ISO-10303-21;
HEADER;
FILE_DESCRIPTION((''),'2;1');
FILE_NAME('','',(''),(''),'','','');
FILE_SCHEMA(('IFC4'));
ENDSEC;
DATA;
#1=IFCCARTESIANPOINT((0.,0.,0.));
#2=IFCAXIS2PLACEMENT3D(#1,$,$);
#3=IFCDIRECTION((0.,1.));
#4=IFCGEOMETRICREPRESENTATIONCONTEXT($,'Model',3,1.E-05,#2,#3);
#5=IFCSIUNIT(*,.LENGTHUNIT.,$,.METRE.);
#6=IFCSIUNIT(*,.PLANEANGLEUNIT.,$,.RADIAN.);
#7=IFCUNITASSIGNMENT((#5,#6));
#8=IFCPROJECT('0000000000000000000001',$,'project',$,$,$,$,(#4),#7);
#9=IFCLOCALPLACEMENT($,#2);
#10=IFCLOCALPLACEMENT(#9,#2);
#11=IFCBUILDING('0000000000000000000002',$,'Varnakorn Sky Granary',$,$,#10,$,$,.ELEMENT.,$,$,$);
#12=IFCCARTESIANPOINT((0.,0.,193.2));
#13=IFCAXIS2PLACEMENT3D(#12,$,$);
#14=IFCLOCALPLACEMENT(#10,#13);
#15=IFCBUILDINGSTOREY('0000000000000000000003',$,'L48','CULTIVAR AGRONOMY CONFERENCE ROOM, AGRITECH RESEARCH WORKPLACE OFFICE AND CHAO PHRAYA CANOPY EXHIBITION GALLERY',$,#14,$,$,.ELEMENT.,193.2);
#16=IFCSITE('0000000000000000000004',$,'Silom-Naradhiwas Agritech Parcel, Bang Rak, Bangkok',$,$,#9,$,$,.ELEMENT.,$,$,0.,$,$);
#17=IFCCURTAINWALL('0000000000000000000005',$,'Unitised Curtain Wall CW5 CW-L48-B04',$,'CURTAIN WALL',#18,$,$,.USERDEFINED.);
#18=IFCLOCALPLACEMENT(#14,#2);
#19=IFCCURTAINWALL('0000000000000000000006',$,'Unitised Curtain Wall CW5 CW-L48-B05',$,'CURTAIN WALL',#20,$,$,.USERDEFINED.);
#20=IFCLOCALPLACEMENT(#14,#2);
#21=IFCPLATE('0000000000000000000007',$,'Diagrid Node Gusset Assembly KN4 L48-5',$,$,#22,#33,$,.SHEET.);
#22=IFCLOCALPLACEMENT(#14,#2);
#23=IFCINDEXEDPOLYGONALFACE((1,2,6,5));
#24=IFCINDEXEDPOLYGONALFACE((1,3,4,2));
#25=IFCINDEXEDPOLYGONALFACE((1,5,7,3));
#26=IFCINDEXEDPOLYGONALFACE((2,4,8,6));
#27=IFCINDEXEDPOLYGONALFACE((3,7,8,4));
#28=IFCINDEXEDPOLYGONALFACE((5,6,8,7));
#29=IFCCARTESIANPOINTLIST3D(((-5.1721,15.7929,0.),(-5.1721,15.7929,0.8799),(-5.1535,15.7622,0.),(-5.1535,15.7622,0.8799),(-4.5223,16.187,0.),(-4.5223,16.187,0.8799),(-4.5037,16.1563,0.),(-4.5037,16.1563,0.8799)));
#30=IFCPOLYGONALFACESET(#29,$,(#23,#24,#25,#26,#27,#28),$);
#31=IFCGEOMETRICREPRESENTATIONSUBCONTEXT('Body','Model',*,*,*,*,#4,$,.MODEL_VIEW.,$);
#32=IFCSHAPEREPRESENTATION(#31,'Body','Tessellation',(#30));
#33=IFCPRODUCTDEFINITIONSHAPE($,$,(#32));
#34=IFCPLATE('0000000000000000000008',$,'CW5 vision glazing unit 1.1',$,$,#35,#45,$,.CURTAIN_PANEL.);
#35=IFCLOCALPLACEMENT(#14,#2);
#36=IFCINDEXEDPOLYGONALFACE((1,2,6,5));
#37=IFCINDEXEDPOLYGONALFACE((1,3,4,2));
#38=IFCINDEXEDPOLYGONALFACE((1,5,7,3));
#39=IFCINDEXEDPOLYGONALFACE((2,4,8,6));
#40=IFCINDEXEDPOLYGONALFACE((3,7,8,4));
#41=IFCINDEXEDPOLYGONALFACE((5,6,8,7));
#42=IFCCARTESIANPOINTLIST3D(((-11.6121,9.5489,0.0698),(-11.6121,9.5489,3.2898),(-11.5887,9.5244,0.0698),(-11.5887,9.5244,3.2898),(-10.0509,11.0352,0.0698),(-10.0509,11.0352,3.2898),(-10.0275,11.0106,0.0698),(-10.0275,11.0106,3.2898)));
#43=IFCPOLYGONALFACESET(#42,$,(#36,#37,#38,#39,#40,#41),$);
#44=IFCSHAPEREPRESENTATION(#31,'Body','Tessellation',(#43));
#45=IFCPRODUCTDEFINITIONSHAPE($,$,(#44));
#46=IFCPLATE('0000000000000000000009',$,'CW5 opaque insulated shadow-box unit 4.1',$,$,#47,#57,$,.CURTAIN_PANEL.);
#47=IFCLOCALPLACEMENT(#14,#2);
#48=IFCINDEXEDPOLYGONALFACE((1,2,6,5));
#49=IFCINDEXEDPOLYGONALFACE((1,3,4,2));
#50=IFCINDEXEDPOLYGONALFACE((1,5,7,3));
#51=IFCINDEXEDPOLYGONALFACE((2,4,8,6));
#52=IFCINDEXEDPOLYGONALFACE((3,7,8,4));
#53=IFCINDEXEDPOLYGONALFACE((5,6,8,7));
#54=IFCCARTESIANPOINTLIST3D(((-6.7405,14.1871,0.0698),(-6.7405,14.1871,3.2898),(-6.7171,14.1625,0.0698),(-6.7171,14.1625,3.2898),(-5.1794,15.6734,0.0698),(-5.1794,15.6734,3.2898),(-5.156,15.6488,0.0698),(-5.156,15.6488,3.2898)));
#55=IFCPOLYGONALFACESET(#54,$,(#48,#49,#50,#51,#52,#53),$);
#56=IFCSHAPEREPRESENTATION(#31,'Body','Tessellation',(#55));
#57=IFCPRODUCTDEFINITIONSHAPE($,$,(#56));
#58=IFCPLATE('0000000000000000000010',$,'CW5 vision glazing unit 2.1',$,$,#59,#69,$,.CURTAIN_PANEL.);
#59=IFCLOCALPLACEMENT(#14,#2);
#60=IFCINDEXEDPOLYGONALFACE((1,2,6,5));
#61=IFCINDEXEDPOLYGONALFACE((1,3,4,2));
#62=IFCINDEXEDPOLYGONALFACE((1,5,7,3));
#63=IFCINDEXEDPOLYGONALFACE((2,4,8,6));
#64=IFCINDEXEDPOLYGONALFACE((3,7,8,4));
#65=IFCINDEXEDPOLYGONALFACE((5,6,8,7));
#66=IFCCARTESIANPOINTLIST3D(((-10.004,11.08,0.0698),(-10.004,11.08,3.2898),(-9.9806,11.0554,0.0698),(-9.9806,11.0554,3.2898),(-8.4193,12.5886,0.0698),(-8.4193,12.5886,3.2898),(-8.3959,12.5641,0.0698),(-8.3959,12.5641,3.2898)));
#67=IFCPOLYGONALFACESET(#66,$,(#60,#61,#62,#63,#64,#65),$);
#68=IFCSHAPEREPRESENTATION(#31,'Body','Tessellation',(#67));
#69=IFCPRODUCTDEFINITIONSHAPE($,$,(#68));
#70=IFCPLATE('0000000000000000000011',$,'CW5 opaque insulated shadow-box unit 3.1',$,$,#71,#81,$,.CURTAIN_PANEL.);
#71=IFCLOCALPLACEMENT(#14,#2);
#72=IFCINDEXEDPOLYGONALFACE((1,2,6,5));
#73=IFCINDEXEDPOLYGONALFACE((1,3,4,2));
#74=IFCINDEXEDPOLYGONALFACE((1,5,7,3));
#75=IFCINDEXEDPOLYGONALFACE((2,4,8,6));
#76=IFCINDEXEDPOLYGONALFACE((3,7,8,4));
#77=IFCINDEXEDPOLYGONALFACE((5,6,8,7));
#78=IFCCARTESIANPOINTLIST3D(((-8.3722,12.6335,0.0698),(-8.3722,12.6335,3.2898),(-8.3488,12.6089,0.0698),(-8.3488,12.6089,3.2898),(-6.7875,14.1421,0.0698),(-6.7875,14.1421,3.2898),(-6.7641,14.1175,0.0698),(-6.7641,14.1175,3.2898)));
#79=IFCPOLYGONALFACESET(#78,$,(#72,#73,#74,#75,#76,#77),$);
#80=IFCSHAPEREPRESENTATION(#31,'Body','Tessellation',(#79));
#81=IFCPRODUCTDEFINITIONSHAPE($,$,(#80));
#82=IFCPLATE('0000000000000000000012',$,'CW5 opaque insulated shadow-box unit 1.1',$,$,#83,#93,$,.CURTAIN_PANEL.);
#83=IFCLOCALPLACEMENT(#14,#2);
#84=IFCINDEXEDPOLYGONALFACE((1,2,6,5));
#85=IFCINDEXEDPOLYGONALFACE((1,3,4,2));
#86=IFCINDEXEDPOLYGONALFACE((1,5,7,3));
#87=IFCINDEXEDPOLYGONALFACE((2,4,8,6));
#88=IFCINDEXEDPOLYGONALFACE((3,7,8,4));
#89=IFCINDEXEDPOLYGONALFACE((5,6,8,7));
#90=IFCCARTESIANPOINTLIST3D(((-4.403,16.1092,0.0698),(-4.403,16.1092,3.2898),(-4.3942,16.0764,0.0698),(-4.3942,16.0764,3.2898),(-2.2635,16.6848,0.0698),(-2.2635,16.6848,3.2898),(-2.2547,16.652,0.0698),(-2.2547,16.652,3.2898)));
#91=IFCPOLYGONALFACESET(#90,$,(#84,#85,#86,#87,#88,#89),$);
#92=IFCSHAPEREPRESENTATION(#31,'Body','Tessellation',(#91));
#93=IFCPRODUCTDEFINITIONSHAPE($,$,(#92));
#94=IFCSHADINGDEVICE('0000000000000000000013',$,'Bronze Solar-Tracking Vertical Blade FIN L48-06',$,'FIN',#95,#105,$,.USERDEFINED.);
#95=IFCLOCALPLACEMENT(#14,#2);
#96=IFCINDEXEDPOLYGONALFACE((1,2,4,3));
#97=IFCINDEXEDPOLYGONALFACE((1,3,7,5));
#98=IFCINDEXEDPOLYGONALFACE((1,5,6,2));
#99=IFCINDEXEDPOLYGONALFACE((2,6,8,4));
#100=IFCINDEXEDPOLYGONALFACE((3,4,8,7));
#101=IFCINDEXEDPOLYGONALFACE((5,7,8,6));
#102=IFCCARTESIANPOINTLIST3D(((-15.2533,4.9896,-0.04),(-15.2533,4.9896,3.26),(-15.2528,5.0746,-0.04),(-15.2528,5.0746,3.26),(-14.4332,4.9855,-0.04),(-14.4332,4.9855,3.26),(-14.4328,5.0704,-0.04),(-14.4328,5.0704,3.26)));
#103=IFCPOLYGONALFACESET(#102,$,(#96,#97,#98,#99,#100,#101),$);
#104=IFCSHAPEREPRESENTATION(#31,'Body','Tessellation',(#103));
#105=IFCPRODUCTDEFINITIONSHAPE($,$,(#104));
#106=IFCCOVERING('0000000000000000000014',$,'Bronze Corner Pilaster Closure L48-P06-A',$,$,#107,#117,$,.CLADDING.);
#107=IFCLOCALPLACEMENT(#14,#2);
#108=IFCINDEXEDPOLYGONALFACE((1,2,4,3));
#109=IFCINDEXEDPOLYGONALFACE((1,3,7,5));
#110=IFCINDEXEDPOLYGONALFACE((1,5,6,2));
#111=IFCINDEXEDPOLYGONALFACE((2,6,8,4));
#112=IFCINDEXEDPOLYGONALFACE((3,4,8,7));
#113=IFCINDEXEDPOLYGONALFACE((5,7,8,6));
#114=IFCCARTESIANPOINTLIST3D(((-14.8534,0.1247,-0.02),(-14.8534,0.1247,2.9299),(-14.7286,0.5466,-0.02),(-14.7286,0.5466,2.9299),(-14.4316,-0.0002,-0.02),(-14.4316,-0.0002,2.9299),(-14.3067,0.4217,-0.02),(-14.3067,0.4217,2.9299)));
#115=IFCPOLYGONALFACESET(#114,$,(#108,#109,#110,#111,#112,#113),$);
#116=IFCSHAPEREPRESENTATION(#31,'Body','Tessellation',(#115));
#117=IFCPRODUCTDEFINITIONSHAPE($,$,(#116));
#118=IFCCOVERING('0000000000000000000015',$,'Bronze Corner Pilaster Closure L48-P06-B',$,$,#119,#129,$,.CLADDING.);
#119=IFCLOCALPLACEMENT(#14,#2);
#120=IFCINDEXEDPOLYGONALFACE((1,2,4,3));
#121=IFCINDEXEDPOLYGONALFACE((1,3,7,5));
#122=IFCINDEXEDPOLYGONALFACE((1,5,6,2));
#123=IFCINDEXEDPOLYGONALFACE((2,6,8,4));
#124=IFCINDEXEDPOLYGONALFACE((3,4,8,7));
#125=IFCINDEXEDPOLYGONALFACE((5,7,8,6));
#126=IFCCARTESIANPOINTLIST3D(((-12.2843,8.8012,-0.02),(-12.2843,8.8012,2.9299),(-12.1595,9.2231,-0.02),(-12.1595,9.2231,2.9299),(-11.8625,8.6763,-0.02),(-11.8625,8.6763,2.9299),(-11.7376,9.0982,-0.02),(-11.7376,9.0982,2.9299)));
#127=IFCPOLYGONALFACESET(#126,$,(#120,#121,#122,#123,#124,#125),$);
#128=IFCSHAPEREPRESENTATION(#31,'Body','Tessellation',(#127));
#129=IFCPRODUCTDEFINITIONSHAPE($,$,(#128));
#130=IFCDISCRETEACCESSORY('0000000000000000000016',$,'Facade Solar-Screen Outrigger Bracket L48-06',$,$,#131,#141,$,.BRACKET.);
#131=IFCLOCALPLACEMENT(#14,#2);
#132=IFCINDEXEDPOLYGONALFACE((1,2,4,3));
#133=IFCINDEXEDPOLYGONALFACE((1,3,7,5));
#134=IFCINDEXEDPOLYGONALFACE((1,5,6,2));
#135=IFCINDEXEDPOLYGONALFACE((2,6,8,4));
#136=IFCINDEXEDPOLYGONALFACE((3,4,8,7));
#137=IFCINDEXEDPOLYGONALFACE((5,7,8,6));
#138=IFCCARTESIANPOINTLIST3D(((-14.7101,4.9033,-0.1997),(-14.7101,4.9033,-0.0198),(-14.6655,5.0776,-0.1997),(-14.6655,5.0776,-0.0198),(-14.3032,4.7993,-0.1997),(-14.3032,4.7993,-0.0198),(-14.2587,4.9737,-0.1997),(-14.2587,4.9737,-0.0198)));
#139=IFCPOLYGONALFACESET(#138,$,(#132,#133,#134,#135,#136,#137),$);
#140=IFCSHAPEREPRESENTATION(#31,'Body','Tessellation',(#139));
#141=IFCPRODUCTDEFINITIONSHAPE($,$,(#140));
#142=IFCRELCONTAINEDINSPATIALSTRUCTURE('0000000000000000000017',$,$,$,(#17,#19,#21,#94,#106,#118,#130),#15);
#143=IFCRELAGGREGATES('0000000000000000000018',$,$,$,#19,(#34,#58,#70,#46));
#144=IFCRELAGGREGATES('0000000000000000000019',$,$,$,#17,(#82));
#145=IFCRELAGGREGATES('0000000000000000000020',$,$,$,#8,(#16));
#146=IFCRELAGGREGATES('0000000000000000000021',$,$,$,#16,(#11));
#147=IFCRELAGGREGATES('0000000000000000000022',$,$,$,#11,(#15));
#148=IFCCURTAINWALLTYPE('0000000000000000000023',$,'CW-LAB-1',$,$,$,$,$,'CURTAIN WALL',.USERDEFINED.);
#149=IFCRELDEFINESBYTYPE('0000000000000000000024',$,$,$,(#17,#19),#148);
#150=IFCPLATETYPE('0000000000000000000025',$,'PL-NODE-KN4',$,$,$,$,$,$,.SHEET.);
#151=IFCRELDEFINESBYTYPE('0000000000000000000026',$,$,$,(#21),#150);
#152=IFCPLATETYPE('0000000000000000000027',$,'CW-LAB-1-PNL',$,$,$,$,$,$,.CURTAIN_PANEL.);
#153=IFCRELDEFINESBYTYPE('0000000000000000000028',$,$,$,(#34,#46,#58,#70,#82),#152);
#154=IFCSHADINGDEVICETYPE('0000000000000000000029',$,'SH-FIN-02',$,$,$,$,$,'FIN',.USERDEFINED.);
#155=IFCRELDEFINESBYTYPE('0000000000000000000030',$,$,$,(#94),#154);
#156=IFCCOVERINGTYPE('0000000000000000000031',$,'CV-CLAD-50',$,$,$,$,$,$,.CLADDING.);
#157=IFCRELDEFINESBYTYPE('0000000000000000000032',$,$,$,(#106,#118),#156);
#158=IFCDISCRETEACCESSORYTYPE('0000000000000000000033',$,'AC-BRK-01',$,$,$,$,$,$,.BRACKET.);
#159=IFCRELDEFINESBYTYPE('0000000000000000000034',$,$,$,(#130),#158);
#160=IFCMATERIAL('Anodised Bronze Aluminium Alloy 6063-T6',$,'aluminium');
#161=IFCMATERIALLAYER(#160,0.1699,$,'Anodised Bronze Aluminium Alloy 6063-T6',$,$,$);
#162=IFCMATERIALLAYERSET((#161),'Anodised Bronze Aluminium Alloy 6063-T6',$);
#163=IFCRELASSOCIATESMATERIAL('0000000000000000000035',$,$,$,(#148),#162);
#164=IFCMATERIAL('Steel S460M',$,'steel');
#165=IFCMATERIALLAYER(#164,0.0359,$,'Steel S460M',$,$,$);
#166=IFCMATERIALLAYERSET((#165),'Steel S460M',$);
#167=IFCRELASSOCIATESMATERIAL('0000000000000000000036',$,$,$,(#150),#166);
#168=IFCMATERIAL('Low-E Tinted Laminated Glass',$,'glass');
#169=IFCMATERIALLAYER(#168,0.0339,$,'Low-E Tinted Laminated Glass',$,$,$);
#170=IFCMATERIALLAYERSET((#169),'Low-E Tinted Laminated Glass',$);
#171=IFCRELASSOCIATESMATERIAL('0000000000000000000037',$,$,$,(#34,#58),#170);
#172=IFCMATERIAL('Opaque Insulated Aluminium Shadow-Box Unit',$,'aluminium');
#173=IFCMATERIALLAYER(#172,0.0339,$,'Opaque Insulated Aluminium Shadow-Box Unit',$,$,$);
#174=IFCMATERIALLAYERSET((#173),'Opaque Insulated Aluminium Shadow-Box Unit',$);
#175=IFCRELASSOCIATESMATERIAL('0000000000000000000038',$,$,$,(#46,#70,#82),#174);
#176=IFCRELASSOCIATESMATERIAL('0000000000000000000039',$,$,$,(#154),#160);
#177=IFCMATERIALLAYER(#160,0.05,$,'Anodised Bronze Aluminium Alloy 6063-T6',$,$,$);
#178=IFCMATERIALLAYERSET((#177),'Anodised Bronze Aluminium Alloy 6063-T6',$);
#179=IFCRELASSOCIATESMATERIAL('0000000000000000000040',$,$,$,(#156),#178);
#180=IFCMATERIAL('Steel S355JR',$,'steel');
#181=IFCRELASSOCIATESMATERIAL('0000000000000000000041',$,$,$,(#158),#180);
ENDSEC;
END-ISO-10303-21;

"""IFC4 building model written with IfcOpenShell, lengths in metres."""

from ifc_helpers import new_model, si_unit, direction, frame, origin, origin_2d, place, context, subcontext, project, spatial, rectangle, extrude, source, transform, mapped, material, layer, layer_set, type_object, type_shapes, element, aggregate, save


model = new_model("IFC4")

# Units and contexts
model_context = context("Model", 3, precision=1e-05, world=origin(), true_north=direction((0.0, 1.0)))
body_context = subcontext(model_context, "Body", "Model", "MODEL_VIEW")
ifc_project = project(units=[si_unit("LENGTHUNIT", "METRE"), si_unit("PLANEANGLEUNIT", "RADIAN")], contexts=[model_context])

# Site, building, storey
site_placement = place(None, origin())
site = spatial("IfcSite", under=ifc_project, at=site_placement, Name="Silom-Naradhiwas Agritech Parcel, Bang Rak, Bangkok", CompositionType="ELEMENT", RefElevation=0.0)
building_placement = place(site_placement, origin())
building = spatial("IfcBuilding", under=site, at=building_placement, Name="Varnakorn Sky Granary", CompositionType="ELEMENT")
storey_placement = place(building_placement, frame((0.0, 0.0, 193.2)))
storey = spatial("IfcBuildingStorey", under=building, at=storey_placement, Name="L48", Description="CULTIVAR AGRONOMY CONFERENCE ROOM, AGRITECH RESEARCH WORKPLACE OFFICE AND CHAO PHRAYA CANOPY EXHIBITION GALLERY", CompositionType="ELEMENT", Elevation=193.2)

# Shared definitions
ifc_material_1 = material(Name="Steel S460M", Category="steel")

# Shared definitions
ifc_material_2 = material(Name="Steel S355JR", Category="steel")

# Curtain wall
ifc_material_3 = material(Name="Anodised Bronze Aluminium Alloy 6063-T6", Category="aluminium")
ifc_layer_1 = layer(ifc_material_3, 0.1699, Name="Anodised Bronze Aluminium Alloy 6063-T6")
ifc_layer_set_1 = layer_set([ifc_layer_1], Name="Anodised Bronze Aluminium Alloy 6063-T6")
curtain_wall_type = type_object("IfcCurtainWallType", Name="CW-LAB-1", ElementType="CURTAIN WALL", PredefinedType="USERDEFINED", material=ifc_layer_set_1)
curtain_wall_1_placement = place(storey_placement, origin())
curtain_wall_1 = element("IfcCurtainWall", 1, at=curtain_wall_1_placement, inside=storey, type_object=curtain_wall_type, Name="Unitised Curtain Wall CW5 CW-L48-B04", ObjectType="CURTAIN WALL", PredefinedType="USERDEFINED")

# Curtain wall
curtain_wall_2_placement = place(storey_placement, origin())
curtain_wall_2 = element("IfcCurtainWall", 2, at=curtain_wall_2_placement, inside=storey, type_object=curtain_wall_type, Name="Unitised Curtain Wall CW5 CW-L48-B05", ObjectType="CURTAIN WALL", PredefinedType="USERDEFINED")

# Plates
ifc_layer_2 = layer(ifc_material_1, 0.0359, Name="Steel S460M")
ifc_layer_set_2 = layer_set([ifc_layer_2], Name="Steel S460M")
plate_type_1 = type_object("IfcPlateType", Name="PL-NODE-KN4", PredefinedType="SHEET", material=ifc_layer_set_2)
plate_1_placement = place(storey_placement, frame((-4.8379, 15.9746, 0.0), z_axis=(0.0, 0.0, 1.0), x_axis=(-0.855047, -0.518551, 0.0)))
element("IfcPlate", 3, at=plate_1_placement, inside=storey, type_object=plate_type_1, Name="Diagrid Node Gusset Assembly KN4 L48-5", PredefinedType="SHEET", context=body_context, shape_type="SweptSolid", body=[
    extrude(rectangle(XDim=0.76, YDim=0.0359, at=origin_2d()), origin(), (0.0, 0.0, 1.0), 0.8799),
])
ifc_material_4 = material(Name="Low-E Tinted Laminated Glass", Category="glass")
ifc_layer_3 = layer(ifc_material_4, 0.0339, Name="Low-E Tinted Laminated Glass")
ifc_layer_set_3 = layer_set([ifc_layer_3], Name="Low-E Tinted Laminated Glass")
plate_type_2 = type_object("IfcPlateType", Name="CW-LAB-1-PNL", PredefinedType="CURTAIN_PANEL")
shared_shape_1 = source(origin(), body_context, "Body", "SweptSolid", [
    extrude(rectangle(XDim=2.1555, YDim=0.0339, at=origin_2d()), origin(), (0.0, 0.0, 1.0), 3.22),
])
plate_2_placement = place(storey_placement, frame((-10.8198, 10.2798, 0.0698), z_axis=(0.0, 0.0, 1.0), x_axis=(0.72427, 0.689516, 0.0)))
plate_2 = element("IfcPlate", 4, at=plate_2_placement, type_object=plate_type_2, material=ifc_layer_set_3, Name="CW5 vision glazing unit 1.1", PredefinedType="CURTAIN_PANEL", context=body_context, shape_type="MappedRepresentation", body=[
    mapped(shared_shape_1, transform((0.0, 0.0, 0.0), x_axis=(1.0, 0.0, 0.0), y_axis=(0.0, 1.0, 0.0), z_axis=(0.0, 0.0, 1.0), scale=1.0)),
])
ifc_material_5 = material(Name="Opaque Insulated Aluminium Shadow-Box Unit", Category="aluminium")
ifc_layer_4 = layer(ifc_material_5, 0.0339, Name="Opaque Insulated Aluminium Shadow-Box Unit")
ifc_layer_set_4 = layer_set([ifc_layer_4], Name="Opaque Insulated Aluminium Shadow-Box Unit")
plate_3_placement = place(storey_placement, frame((-5.9482, 14.918, 0.0698), z_axis=(0.0, 0.0, 1.0), x_axis=(0.72427, 0.689516, 0.0)))
plate_3 = element("IfcPlate", 5, at=plate_3_placement, type_object=plate_type_2, material=ifc_layer_set_4, Name="CW5 opaque insulated shadow-box unit 4.1", PredefinedType="CURTAIN_PANEL", context=body_context, shape_type="MappedRepresentation", body=[
    mapped(shared_shape_1, transform((0.0, 0.0, 0.0), x_axis=(1.0, 0.0, 0.0), y_axis=(0.0, 1.0, 0.0), z_axis=(0.0, 0.0, 1.0), scale=1.0)),
])
shared_shape_2 = source(origin(), body_context, "Body", "SweptSolid", [
    extrude(rectangle(XDim=2.188, YDim=0.0339, at=origin_2d()), origin(), (0.0, 0.0, 1.0), 3.22),
])
plate_4_placement = place(storey_placement, frame((-9.2, 11.822, 0.0698), z_axis=(0.0, 0.0, 1.0), x_axis=(0.72427, 0.689516, 0.0)))
plate_4 = element("IfcPlate", 6, at=plate_4_placement, type_object=plate_type_2, material=ifc_layer_set_3, Name="CW5 vision glazing unit 2.1", PredefinedType="CURTAIN_PANEL", context=body_context, shape_type="MappedRepresentation", body=[
    mapped(shared_shape_2, transform((0.0, 0.0, 0.0), x_axis=(1.0, 0.0, 0.0), y_axis=(0.0, 1.0, 0.0), z_axis=(0.0, 0.0, 1.0), scale=1.0)),
])
plate_5_placement = place(storey_placement, frame((-7.5681, 13.3755, 0.0698), z_axis=(0.0, 0.0, 1.0), x_axis=(0.72427, 0.689516, 0.0)))
plate_5 = element("IfcPlate", 7, at=plate_5_placement, type_object=plate_type_2, material=ifc_layer_set_4, Name="CW5 opaque insulated shadow-box unit 3.1", PredefinedType="CURTAIN_PANEL", context=body_context, shape_type="MappedRepresentation", body=[
    mapped(shared_shape_2, transform((0.0, 0.0, 0.0), x_axis=(1.0, 0.0, 0.0), y_axis=(0.0, 1.0, 0.0), z_axis=(0.0, 0.0, 1.0), scale=1.0)),
])
aggregate(curtain_wall_2, [plate_2, plate_4, plate_5, plate_3])
shared_shape_3 = source(origin(), body_context, "Body", "SweptSolid", [
    extrude(rectangle(XDim=2.2156, YDim=0.0339, at=origin_2d()), origin(), (0.0, 0.0, 1.0), 3.22),
])
type_shapes(plate_type_2, [shared_shape_1, shared_shape_2, shared_shape_3])
plate_6_placement = place(storey_placement, frame((-3.3289, 16.3806, 0.0698), z_axis=(0.0, 0.0, 1.0), x_axis=(0.965665, 0.25979, 0.0)))
plate_6 = element("IfcPlate", 8, at=plate_6_placement, type_object=plate_type_2, material=ifc_layer_set_4, Name="CW5 opaque insulated shadow-box unit 1.1", PredefinedType="CURTAIN_PANEL", context=body_context, shape_type="MappedRepresentation", body=[
    mapped(shared_shape_3, transform((0.0, 0.0, 0.0), x_axis=(1.0, 0.0, 0.0), y_axis=(0.0, 1.0, 0.0), z_axis=(0.0, 0.0, 1.0), scale=1.0)),
])
aggregate(curtain_wall_1, [plate_6])

# Shading device
shading_device_type = type_object("IfcShadingDeviceType", Name="SH-FIN-02", ElementType="FIN", PredefinedType="USERDEFINED", material=ifc_material_3)
shared_shape_4 = source(origin(), body_context, "Body", "SweptSolid", [
    extrude(rectangle(XDim=0.085, YDim=0.8201, at=origin_2d()), origin(), (0.0, 0.0, 1.0), 3.3),
])
type_shapes(shading_device_type, [shared_shape_4])
shading_device_placement = place(storey_placement, frame((-14.843, 5.03, -0.04), z_axis=(0.0, 0.0, 1.0), x_axis=(-0.005033, -0.999987, 0.0)))
element("IfcShadingDevice", 9, at=shading_device_placement, inside=storey, type_object=shading_device_type, Name="Bronze Solar-Tracking Vertical Blade FIN L48-06", ObjectType="FIN", PredefinedType="USERDEFINED", context=body_context, shape_type="MappedRepresentation", body=[
    mapped(shared_shape_4, transform((0.0, 0.0, 0.0), x_axis=(1.0, 0.0, 0.0), y_axis=(0.0, 1.0, 0.0), z_axis=(0.0, 0.0, 1.0), scale=1.0)),
])

# Coverings
ifc_layer_5 = layer(ifc_material_3, 0.05, Name="Anodised Bronze Aluminium Alloy 6063-T6")
ifc_layer_set_5 = layer_set([ifc_layer_5], Name="Anodised Bronze Aluminium Alloy 6063-T6")
covering_type = type_object("IfcCoveringType", Name="CV-CLAD-50", PredefinedType="CLADDING", material=ifc_layer_set_5)
shared_shape_5 = source(origin(), body_context, "Body", "SweptSolid", [
    extrude(rectangle(XDim=0.4399, YDim=0.4399, at=origin_2d()), origin(), (0.0, 0.0, 1.0), 2.95),
])
type_shapes(covering_type, [shared_shape_5])
for number, where, z_axis, x_axis, name in (
    (10, (-14.5801, 0.2732, -0.02), (0.0, 0.0, 1.0), (0.283848, 0.958869, 0.0), "Bronze Corner Pilaster Closure L48-P06-A"),
    (11, (-12.011, 8.9497, -0.02), (0.0, 0.0, 1.0), (0.283848, 0.958869, 0.0), "Bronze Corner Pilaster Closure L48-P06-B"),
):
    element("IfcCovering", number, at=place(storey_placement, frame(where, z_axis=z_axis, x_axis=x_axis)), inside=storey, type_object=covering_type, Name=name, PredefinedType="CLADDING", context=body_context, shape_type="MappedRepresentation", body=[
        mapped(shared_shape_5, transform((0.0, 0.0, 0.0), x_axis=(1.0, 0.0, 0.0), y_axis=(0.0, 1.0, 0.0), z_axis=(0.0, 0.0, 1.0), scale=1.0)),
    ])

# Discrete accessory
discrete_accessory_type = type_object("IfcDiscreteAccessoryType", Name="AC-BRK-01", PredefinedType="BRACKET", material=ifc_material_2)
shared_shape_6 = source(origin(), body_context, "Body", "SweptSolid", [
    extrude(rectangle(XDim=0.1799, YDim=0.4199, at=origin_2d()), origin(), (0.0, 0.0, 1.0), 0.1799),
])
type_shapes(discrete_accessory_type, [shared_shape_6])
discrete_accessory_placement = place(storey_placement, frame((-14.4844, 4.9385, -0.1997), z_axis=(0.0, 0.0, 1.0), x_axis=(-0.24748, -0.968893, 0.0)))
element("IfcDiscreteAccessory", 12, at=discrete_accessory_placement, inside=storey, type_object=discrete_accessory_type, Name="Facade Solar-Screen Outrigger Bracket L48-06", PredefinedType="BRACKET", context=body_context, shape_type="MappedRepresentation", body=[
    mapped(shared_shape_6, transform((0.0, 0.0, 0.0), x_axis=(1.0, 0.0, 0.0), y_axis=(0.0, 1.0, 0.0), z_axis=(0.0, 0.0, 1.0), scale=1.0)),
])

save(model, "model.ifc")
